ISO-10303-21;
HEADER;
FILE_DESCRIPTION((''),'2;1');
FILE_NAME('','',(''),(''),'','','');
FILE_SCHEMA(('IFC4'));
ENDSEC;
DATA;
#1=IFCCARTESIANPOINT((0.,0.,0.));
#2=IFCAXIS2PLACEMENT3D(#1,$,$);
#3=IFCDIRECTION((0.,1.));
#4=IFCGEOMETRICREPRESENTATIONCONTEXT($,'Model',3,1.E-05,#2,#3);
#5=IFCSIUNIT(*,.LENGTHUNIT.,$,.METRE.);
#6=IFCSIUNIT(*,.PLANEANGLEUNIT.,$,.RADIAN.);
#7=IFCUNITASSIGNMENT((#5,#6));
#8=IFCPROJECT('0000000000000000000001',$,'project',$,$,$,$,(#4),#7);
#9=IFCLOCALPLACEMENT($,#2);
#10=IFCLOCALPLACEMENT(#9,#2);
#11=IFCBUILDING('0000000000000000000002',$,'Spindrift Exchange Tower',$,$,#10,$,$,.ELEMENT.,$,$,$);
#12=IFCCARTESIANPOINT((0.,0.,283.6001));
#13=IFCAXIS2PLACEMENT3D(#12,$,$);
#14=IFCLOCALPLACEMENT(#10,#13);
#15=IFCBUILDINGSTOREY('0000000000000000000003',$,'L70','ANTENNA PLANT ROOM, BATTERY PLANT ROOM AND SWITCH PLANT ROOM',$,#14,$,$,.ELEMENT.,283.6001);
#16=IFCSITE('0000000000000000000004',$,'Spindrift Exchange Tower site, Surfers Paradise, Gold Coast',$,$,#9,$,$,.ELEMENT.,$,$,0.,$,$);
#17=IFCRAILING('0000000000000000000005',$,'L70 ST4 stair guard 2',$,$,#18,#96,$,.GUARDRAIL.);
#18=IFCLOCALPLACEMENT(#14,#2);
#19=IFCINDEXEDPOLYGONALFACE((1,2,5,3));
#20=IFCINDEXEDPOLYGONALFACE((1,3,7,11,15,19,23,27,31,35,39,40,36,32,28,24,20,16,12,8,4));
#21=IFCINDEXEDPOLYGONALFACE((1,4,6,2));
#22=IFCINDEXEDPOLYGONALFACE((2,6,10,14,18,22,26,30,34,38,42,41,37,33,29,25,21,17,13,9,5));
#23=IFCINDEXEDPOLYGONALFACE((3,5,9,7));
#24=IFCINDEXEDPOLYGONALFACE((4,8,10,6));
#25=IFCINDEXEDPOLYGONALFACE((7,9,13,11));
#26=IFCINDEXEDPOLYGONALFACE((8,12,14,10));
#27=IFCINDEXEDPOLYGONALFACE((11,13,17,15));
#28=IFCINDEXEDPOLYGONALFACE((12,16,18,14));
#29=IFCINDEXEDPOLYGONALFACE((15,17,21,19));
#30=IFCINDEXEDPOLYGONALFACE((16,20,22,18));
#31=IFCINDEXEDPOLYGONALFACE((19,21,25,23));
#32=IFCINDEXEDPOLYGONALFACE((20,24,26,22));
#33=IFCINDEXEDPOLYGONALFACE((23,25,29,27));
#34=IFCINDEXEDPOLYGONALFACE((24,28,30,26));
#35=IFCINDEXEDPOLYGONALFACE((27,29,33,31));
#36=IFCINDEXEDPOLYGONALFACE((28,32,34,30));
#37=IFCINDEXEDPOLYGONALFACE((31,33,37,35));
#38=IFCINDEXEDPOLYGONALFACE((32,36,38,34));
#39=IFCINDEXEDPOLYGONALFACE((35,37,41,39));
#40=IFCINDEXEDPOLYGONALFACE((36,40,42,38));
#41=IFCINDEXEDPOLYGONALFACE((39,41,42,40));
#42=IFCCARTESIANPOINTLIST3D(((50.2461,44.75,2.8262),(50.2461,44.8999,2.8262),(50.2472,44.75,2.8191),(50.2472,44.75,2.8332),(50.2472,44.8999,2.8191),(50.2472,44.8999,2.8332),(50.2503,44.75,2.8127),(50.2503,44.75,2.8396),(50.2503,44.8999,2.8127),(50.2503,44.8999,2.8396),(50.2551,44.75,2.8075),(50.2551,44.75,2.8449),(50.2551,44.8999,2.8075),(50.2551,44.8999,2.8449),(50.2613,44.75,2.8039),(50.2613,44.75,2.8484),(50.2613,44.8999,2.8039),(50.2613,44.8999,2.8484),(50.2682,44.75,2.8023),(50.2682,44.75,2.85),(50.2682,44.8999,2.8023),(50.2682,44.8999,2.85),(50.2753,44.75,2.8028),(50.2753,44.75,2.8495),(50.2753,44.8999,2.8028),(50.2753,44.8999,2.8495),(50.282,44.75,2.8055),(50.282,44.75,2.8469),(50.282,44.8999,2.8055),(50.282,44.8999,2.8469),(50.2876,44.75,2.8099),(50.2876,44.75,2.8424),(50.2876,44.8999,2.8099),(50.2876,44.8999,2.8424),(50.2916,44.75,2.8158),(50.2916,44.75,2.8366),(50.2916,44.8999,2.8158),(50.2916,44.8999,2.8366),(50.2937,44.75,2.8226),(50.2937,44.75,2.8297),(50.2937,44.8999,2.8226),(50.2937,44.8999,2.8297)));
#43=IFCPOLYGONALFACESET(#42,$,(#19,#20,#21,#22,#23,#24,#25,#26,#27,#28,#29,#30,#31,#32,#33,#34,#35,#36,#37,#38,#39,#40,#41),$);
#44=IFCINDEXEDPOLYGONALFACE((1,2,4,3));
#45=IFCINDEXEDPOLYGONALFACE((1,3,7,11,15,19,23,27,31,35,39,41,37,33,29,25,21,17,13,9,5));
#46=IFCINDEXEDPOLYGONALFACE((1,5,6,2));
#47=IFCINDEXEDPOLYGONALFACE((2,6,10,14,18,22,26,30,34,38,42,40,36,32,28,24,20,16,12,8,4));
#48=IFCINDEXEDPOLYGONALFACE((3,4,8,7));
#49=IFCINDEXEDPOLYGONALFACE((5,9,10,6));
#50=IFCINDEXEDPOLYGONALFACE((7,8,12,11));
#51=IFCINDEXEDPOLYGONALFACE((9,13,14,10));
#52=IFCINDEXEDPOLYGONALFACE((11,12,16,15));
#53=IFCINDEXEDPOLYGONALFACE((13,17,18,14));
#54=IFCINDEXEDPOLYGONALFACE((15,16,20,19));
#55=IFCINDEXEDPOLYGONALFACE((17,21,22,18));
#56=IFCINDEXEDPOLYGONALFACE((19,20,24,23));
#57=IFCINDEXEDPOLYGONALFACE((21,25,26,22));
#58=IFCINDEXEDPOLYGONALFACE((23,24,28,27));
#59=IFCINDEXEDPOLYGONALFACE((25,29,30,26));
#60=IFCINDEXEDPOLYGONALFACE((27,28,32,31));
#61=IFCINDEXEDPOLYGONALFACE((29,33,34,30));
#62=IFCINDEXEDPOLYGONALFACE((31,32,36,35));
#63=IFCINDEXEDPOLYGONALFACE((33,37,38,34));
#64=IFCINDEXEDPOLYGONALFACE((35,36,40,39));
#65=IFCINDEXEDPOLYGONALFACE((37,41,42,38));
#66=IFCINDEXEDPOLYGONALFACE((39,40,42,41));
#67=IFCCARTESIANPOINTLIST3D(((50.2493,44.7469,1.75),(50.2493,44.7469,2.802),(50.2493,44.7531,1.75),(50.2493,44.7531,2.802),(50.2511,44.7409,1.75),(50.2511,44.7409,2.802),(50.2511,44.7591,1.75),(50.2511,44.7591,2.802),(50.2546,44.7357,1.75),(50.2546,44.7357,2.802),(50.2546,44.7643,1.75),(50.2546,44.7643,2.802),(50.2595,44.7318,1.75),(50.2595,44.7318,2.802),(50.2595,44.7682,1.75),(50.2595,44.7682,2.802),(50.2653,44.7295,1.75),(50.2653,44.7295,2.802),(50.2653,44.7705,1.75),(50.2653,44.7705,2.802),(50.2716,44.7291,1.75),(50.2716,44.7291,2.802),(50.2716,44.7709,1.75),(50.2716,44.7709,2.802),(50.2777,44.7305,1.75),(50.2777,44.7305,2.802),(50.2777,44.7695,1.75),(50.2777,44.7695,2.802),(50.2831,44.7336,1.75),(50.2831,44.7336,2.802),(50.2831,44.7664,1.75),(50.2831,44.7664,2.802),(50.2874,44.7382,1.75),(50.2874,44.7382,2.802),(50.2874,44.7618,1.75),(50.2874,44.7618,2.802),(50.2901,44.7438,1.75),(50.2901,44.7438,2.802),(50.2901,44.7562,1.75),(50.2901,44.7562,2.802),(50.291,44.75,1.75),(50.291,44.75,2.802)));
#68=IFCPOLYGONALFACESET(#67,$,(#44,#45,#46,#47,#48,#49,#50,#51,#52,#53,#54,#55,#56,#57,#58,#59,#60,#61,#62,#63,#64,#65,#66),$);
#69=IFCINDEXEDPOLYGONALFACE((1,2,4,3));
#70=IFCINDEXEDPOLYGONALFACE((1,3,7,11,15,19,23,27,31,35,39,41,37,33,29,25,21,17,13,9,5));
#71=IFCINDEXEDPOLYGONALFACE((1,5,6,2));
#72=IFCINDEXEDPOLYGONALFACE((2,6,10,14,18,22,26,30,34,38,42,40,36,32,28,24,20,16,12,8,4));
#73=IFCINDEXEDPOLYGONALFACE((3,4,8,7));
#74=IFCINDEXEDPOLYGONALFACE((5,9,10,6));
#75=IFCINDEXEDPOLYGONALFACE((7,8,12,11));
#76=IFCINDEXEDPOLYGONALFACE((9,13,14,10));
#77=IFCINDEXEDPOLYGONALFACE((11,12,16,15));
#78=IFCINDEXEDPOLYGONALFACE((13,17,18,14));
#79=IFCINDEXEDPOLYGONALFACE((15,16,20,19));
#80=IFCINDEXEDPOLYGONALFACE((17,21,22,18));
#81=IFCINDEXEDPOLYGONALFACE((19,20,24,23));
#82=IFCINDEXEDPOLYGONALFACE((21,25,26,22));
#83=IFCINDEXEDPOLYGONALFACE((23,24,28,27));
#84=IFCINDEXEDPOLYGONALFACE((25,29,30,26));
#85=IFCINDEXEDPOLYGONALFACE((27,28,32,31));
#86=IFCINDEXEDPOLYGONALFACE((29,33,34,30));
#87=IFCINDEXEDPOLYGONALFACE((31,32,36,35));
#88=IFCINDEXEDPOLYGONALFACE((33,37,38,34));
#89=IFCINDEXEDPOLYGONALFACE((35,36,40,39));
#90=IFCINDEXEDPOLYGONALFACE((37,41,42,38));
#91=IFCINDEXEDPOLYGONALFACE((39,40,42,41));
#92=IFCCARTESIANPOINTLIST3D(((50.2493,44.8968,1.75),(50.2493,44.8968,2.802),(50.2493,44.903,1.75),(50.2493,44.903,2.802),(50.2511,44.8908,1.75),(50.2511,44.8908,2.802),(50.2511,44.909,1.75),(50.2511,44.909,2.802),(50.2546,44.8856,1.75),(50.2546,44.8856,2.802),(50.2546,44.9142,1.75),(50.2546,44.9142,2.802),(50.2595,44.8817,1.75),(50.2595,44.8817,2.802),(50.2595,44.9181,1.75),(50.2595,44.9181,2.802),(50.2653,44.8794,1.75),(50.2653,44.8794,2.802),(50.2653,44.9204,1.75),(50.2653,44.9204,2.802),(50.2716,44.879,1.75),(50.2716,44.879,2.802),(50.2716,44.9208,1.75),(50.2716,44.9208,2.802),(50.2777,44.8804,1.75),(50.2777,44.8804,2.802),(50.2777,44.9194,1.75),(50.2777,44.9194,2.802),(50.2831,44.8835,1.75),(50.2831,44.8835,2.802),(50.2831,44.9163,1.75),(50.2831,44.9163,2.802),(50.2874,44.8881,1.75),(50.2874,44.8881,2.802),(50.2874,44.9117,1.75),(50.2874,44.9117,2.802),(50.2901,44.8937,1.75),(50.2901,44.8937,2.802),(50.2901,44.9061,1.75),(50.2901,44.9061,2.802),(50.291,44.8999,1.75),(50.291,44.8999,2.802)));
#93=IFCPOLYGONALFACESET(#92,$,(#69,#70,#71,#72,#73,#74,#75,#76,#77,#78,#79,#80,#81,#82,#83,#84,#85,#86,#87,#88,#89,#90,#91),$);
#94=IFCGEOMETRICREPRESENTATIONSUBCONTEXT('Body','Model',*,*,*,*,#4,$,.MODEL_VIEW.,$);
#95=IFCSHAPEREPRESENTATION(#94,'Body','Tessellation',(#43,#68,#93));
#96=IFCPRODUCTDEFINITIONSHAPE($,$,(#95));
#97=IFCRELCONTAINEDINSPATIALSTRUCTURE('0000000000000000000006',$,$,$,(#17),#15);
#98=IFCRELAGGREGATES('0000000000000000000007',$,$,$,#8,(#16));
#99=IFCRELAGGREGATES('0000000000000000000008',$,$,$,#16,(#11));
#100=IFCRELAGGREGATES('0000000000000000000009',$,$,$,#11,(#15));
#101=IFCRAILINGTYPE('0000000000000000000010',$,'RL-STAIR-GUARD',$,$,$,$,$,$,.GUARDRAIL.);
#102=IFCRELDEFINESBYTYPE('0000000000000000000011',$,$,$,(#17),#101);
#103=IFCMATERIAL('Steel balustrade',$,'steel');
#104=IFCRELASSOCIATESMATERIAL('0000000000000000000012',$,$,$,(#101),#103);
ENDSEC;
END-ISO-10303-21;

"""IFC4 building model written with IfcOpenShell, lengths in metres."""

from ifc_helpers import new_model, si_unit, direction, frame, origin, origin_2d, place, context, subcontext, project, spatial, circle, extrude, material, type_object, element, save


model = new_model("IFC4")

# Units and contexts
model_context = context("Model", 3, precision=1e-05, world=origin(), true_north=direction((0.0, 1.0)))
body_context = subcontext(model_context, "Body", "Model", "MODEL_VIEW")
ifc_project = project(units=[si_unit("LENGTHUNIT", "METRE"), si_unit("PLANEANGLEUNIT", "RADIAN")], contexts=[model_context])

# Site, building, storey
site_placement = place(None, origin())
site = spatial("IfcSite", under=ifc_project, at=site_placement, Name="Spindrift Exchange Tower site, Surfers Paradise, Gold Coast", CompositionType="ELEMENT", RefElevation=0.0)
building_placement = place(site_placement, origin())
building = spatial("IfcBuilding", under=site, at=building_placement, Name="Spindrift Exchange Tower", CompositionType="ELEMENT")
storey_placement = place(building_placement, frame((0.0, 0.0, 283.6001)))
storey = spatial("IfcBuildingStorey", under=building, at=storey_placement, Name="L70", Description="ANTENNA PLANT ROOM, BATTERY PLANT ROOM AND SWITCH PLANT ROOM", CompositionType="ELEMENT", Elevation=283.6001)

# Railing
ifc_material_1 = material(Name="Steel balustrade", Category="steel")
railing_type_1 = type_object("IfcRailingType", Name="RL-STAIR-GUARD", PredefinedType="GUARDRAIL", material=ifc_material_1)
railing_1_placement = place(storey_placement, frame((50.27, 44.75, 1.75)))
element("IfcRailing", 1, at=railing_1_placement, inside=storey, type_object=railing_type_1, Name="L70 ST4 stair guard 2", PredefinedType="GUARDRAIL", context=body_context, shape_type="SweptSolid", body=[
    extrude(circle(Radius=0.0239, at=origin_2d()), frame((0.0, 0.0, 1.0762), z_axis=(0.0, 1.0, 0.0), x_axis=(-1.0, 0.0, 0.0)), (0.0, 0.0, 1.0), 0.1499),
    extrude(circle(Radius=0.021, at=origin_2d()), origin(), (0.0, 0.0, 1.0), 1.052),
    extrude(circle(Radius=0.021, at=origin_2d()), frame((0.0, 0.1499, 0.0)), (0.0, 0.0, 1.0), 1.052),
])

save(model, "model.ifc")
